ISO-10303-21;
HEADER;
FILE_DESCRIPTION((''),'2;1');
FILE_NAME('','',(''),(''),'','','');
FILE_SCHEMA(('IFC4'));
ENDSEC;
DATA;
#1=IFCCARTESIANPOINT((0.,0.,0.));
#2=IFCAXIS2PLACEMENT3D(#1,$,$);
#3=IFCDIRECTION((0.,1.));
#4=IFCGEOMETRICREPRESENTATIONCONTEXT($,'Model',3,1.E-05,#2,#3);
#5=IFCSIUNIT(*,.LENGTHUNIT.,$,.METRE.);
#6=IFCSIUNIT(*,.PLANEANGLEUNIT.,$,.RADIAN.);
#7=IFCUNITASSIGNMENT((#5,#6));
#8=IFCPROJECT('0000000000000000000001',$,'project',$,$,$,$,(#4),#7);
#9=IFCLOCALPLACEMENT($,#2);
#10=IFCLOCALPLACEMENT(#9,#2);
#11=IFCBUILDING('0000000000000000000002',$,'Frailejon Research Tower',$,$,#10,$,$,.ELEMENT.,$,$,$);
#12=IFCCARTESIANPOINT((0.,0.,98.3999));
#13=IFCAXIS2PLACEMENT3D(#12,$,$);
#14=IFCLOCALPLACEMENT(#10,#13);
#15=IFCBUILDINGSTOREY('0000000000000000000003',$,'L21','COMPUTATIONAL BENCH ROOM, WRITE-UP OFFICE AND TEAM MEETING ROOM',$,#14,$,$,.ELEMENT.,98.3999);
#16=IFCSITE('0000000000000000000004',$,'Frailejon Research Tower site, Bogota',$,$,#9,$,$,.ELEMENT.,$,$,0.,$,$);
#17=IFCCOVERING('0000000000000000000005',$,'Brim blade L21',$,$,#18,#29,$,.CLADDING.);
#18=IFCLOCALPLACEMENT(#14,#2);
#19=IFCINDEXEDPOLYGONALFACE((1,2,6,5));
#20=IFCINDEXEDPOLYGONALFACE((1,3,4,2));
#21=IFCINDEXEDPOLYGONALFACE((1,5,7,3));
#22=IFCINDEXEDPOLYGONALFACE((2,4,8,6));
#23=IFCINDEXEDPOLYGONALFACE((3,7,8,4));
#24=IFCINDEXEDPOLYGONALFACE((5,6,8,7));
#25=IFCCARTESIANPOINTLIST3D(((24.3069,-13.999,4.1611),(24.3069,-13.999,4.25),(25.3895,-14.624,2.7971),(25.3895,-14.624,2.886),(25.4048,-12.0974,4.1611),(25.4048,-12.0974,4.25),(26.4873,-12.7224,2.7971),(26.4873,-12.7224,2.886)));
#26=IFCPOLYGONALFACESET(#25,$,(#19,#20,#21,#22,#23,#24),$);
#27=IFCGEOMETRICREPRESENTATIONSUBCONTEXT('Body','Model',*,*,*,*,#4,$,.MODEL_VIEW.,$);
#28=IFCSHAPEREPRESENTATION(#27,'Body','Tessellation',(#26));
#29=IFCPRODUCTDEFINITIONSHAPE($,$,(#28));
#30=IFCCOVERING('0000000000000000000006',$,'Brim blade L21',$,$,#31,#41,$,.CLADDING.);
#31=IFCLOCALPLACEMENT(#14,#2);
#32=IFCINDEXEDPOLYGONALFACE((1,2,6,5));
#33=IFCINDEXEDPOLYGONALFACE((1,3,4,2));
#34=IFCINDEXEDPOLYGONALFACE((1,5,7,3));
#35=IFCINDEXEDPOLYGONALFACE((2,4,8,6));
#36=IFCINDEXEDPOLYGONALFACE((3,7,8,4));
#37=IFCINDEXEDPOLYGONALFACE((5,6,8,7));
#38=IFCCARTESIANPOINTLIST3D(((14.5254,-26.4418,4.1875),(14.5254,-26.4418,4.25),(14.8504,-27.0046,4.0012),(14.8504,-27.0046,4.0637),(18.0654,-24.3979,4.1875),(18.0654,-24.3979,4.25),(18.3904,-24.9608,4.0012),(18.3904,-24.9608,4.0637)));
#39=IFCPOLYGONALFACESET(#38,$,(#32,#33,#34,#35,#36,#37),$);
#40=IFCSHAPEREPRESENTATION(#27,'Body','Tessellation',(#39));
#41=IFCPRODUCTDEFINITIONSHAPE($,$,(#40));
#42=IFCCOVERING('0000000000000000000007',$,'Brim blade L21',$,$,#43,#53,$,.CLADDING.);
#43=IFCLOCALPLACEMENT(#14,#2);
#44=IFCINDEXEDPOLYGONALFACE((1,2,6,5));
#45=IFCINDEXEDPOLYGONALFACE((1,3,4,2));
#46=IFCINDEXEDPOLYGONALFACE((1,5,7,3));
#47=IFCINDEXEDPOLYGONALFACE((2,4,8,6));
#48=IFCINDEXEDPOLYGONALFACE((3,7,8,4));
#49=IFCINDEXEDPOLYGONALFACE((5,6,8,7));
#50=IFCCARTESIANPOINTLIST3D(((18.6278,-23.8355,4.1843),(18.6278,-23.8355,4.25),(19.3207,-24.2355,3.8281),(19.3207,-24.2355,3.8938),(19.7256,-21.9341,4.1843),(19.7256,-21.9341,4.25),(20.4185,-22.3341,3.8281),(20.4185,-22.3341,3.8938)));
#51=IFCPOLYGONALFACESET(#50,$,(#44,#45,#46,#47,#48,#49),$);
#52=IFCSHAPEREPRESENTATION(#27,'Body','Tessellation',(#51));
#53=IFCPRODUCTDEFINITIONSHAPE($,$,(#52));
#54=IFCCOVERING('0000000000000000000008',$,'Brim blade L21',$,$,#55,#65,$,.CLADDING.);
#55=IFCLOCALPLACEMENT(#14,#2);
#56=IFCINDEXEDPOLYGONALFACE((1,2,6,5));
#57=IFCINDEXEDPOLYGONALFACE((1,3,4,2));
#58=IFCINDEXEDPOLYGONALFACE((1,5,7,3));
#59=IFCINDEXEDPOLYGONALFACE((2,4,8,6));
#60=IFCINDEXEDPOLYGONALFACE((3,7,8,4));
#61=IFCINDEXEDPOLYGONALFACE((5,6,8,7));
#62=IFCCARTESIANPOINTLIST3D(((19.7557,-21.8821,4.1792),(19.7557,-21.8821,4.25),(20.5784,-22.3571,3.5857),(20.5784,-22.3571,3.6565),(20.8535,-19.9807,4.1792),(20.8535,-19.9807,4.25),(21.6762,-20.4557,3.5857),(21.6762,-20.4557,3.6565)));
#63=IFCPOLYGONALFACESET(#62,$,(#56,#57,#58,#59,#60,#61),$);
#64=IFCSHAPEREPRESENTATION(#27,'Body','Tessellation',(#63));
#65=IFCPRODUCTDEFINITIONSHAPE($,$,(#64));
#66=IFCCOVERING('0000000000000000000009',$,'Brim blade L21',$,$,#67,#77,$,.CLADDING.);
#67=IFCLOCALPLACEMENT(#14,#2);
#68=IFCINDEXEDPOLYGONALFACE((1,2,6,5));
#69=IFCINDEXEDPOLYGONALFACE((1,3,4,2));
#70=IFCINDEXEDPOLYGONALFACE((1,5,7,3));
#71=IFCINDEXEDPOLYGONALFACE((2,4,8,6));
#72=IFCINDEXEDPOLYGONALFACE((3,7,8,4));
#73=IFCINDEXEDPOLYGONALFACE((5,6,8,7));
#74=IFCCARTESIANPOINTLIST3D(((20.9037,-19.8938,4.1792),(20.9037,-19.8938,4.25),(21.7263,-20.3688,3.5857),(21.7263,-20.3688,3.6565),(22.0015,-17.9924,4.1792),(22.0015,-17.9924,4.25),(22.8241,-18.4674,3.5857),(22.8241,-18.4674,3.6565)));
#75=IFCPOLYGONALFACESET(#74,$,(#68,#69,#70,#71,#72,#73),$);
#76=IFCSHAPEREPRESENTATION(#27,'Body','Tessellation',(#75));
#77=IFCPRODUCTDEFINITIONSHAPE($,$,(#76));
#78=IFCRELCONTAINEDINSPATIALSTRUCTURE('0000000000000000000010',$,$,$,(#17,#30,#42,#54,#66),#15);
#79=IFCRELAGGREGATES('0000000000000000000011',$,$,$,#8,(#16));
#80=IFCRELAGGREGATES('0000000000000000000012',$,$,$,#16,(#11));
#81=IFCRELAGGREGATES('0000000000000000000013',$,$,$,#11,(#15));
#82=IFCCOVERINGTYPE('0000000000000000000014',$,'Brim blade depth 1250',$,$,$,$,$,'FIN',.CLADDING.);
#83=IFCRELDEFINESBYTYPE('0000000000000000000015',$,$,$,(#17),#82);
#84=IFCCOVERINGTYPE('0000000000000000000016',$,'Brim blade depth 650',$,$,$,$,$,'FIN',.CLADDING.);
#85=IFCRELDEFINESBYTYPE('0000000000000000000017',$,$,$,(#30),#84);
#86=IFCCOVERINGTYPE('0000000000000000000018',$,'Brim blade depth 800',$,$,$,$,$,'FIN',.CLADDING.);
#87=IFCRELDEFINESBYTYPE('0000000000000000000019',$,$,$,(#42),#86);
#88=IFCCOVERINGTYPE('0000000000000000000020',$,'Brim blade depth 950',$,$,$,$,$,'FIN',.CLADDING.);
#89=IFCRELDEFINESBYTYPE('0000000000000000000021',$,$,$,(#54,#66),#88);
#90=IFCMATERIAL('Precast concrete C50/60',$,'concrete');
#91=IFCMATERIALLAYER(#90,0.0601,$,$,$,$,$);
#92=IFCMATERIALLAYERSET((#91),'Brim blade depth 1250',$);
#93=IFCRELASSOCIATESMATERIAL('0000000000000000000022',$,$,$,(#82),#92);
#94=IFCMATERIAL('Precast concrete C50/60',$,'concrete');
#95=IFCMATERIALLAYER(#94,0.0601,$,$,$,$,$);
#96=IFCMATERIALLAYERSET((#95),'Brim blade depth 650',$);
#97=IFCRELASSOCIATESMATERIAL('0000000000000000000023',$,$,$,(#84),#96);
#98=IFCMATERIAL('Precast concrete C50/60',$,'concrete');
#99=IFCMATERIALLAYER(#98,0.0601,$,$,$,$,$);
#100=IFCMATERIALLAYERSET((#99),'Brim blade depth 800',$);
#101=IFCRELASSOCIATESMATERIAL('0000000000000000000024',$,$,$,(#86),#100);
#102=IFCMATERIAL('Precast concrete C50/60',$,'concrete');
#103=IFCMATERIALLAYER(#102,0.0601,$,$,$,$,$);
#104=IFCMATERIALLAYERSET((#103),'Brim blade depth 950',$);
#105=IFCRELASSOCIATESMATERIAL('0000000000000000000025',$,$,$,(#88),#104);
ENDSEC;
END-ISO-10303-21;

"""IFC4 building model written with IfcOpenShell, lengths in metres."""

from ifc_helpers import new_model, si_unit, direction, frame, origin, place, context, subcontext, project, spatial, polyline, outline, extrude, material, layer, layer_set, type_object, element, save


model = new_model("IFC4")

# Units and contexts
model_context = context("Model", 3, precision=1e-05, world=origin(), true_north=direction((0.0, 1.0)))
body_context = subcontext(model_context, "Body", "Model", "MODEL_VIEW")
ifc_project = project(units=[si_unit("LENGTHUNIT", "METRE"), si_unit("PLANEANGLEUNIT", "RADIAN")], contexts=[model_context])

# Site, building, storey
site_placement = place(None, origin())
site = spatial("IfcSite", under=ifc_project, at=site_placement, Name="Frailejon Research Tower site, Bogota", CompositionType="ELEMENT", RefElevation=0.0)
building_placement = place(site_placement, origin())
building = spatial("IfcBuilding", under=site, at=building_placement, Name="Frailejon Research Tower", CompositionType="ELEMENT")
storey_placement = place(building_placement, frame((0.0, 0.0, 98.3999)))
storey = spatial("IfcBuildingStorey", under=building, at=storey_placement, Name="L21", Description="COMPUTATIONAL BENCH ROOM, WRITE-UP OFFICE AND TEAM MEETING ROOM", CompositionType="ELEMENT", Elevation=98.3999)

# Coverings
ifc_material_1 = material(Name="Precast concrete C50/60", Category="concrete")
ifc_layer_1 = layer(ifc_material_1, 0.0601)
ifc_layer_set_1 = layer_set([ifc_layer_1], Name="Brim blade depth 1250")
covering_type_1 = type_object("IfcCoveringType", Name="Brim blade depth 1250", ElementType="FIN", PredefinedType="CLADDING", material=ifc_layer_set_1)
covering_1_placement = place(storey_placement, frame((25.4048, -12.0974, 4.25), z_axis=(-0.499986, -0.866033, 0.0), x_axis=(0.866033, -0.499986, 0.0)))
element("IfcCovering", 1, at=covering_1_placement, inside=storey, type_object=covering_type_1, Name="Brim blade L21", PredefinedType="CLADDING", context=body_context, shape_type="SweptSolid", body=[
    extrude(outline(polyline([(0.0, -0.0889), (1.25, -1.4529), (1.25, -1.364), (0.0, 0.0), (0.0, -0.0889)])), origin(), (0.0, 0.0, 1.0), 2.1958),
])
ifc_material_2 = material(Name="Precast concrete C50/60", Category="concrete")
ifc_layer_2 = layer(ifc_material_2, 0.0601)
ifc_layer_set_2 = layer_set([ifc_layer_2], Name="Brim blade depth 650")
covering_type_2 = type_object("IfcCoveringType", Name="Brim blade depth 650", ElementType="FIN", PredefinedType="CLADDING", material=ifc_layer_set_2)
covering_2_placement = place(storey_placement, frame((18.0654, -24.3979, 4.25), z_axis=(-0.866027, -0.499997, 0.0), x_axis=(0.499997, -0.866027, 0.0)))
element("IfcCovering", 2, at=covering_2_placement, inside=storey, type_object=covering_type_2, Name="Brim blade L21", PredefinedType="CLADDING", context=body_context, shape_type="SweptSolid", body=[
    extrude(outline(polyline([(0.0, -0.0625), (0.6499, -0.2488), (0.6499, -0.1863), (0.0, 0.0), (0.0, -0.0625)])), origin(), (0.0, 0.0, 1.0), 4.0876),
])
ifc_material_3 = material(Name="Precast concrete C50/60", Category="concrete")
ifc_layer_3 = layer(ifc_material_3, 0.0601)
ifc_layer_set_3 = layer_set([ifc_layer_3], Name="Brim blade depth 800")
covering_type_3 = type_object("IfcCoveringType", Name="Brim blade depth 800", ElementType="FIN", PredefinedType="CLADDING", material=ifc_layer_set_3)
covering_3_placement = place(storey_placement, frame((19.7256, -21.9341, 4.25), z_axis=(-0.499996, -0.866028, 0.0), x_axis=(0.866028, -0.499996, 0.0)))
element("IfcCovering", 3, at=covering_3_placement, inside=storey, type_object=covering_type_3, Name="Brim blade L21", PredefinedType="CLADDING", context=body_context, shape_type="SweptSolid", body=[
    extrude(outline(polyline([(0.0, -0.0657), (0.8, -0.4219), (0.8, -0.3562), (0.0, 0.0), (0.0, -0.0657)])), origin(), (0.0, 0.0, 1.0), 2.1956),
])
ifc_material_4 = material(Name="Precast concrete C50/60", Category="concrete")
ifc_layer_4 = layer(ifc_material_4, 0.0601)
ifc_layer_set_4 = layer_set([ifc_layer_4], Name="Brim blade depth 950")
covering_type_4 = type_object("IfcCoveringType", Name="Brim blade depth 950", ElementType="FIN", PredefinedType="CLADDING", material=ifc_layer_set_4)
for number, where, z_axis, x_axis, name in (
    (4, (20.8535, -19.9807, 4.25), (-0.499996, -0.866028, 0.0), (0.866028, -0.499996, 0.0), "Brim blade L21"),
    (5, (22.0015, -17.9924, 4.25), (-0.500012, -0.866018, 0.0), (0.866018, -0.500012, 0.0), "Brim blade L21"),
):
    element("IfcCovering", number, at=place(storey_placement, frame(where, z_axis=z_axis, x_axis=x_axis)), inside=storey, type_object=covering_type_4, Name=name, PredefinedType="CLADDING", context=body_context, shape_type="SweptSolid", body=[
        extrude(outline(polyline([(0.0, -0.0708), (0.95, -0.6643), (0.95, -0.5935), (0.0, 0.0), (0.0, -0.0708)])), origin(), (0.0, 0.0, 1.0), 2.1956),
    ])

save(model, "model.ifc")
